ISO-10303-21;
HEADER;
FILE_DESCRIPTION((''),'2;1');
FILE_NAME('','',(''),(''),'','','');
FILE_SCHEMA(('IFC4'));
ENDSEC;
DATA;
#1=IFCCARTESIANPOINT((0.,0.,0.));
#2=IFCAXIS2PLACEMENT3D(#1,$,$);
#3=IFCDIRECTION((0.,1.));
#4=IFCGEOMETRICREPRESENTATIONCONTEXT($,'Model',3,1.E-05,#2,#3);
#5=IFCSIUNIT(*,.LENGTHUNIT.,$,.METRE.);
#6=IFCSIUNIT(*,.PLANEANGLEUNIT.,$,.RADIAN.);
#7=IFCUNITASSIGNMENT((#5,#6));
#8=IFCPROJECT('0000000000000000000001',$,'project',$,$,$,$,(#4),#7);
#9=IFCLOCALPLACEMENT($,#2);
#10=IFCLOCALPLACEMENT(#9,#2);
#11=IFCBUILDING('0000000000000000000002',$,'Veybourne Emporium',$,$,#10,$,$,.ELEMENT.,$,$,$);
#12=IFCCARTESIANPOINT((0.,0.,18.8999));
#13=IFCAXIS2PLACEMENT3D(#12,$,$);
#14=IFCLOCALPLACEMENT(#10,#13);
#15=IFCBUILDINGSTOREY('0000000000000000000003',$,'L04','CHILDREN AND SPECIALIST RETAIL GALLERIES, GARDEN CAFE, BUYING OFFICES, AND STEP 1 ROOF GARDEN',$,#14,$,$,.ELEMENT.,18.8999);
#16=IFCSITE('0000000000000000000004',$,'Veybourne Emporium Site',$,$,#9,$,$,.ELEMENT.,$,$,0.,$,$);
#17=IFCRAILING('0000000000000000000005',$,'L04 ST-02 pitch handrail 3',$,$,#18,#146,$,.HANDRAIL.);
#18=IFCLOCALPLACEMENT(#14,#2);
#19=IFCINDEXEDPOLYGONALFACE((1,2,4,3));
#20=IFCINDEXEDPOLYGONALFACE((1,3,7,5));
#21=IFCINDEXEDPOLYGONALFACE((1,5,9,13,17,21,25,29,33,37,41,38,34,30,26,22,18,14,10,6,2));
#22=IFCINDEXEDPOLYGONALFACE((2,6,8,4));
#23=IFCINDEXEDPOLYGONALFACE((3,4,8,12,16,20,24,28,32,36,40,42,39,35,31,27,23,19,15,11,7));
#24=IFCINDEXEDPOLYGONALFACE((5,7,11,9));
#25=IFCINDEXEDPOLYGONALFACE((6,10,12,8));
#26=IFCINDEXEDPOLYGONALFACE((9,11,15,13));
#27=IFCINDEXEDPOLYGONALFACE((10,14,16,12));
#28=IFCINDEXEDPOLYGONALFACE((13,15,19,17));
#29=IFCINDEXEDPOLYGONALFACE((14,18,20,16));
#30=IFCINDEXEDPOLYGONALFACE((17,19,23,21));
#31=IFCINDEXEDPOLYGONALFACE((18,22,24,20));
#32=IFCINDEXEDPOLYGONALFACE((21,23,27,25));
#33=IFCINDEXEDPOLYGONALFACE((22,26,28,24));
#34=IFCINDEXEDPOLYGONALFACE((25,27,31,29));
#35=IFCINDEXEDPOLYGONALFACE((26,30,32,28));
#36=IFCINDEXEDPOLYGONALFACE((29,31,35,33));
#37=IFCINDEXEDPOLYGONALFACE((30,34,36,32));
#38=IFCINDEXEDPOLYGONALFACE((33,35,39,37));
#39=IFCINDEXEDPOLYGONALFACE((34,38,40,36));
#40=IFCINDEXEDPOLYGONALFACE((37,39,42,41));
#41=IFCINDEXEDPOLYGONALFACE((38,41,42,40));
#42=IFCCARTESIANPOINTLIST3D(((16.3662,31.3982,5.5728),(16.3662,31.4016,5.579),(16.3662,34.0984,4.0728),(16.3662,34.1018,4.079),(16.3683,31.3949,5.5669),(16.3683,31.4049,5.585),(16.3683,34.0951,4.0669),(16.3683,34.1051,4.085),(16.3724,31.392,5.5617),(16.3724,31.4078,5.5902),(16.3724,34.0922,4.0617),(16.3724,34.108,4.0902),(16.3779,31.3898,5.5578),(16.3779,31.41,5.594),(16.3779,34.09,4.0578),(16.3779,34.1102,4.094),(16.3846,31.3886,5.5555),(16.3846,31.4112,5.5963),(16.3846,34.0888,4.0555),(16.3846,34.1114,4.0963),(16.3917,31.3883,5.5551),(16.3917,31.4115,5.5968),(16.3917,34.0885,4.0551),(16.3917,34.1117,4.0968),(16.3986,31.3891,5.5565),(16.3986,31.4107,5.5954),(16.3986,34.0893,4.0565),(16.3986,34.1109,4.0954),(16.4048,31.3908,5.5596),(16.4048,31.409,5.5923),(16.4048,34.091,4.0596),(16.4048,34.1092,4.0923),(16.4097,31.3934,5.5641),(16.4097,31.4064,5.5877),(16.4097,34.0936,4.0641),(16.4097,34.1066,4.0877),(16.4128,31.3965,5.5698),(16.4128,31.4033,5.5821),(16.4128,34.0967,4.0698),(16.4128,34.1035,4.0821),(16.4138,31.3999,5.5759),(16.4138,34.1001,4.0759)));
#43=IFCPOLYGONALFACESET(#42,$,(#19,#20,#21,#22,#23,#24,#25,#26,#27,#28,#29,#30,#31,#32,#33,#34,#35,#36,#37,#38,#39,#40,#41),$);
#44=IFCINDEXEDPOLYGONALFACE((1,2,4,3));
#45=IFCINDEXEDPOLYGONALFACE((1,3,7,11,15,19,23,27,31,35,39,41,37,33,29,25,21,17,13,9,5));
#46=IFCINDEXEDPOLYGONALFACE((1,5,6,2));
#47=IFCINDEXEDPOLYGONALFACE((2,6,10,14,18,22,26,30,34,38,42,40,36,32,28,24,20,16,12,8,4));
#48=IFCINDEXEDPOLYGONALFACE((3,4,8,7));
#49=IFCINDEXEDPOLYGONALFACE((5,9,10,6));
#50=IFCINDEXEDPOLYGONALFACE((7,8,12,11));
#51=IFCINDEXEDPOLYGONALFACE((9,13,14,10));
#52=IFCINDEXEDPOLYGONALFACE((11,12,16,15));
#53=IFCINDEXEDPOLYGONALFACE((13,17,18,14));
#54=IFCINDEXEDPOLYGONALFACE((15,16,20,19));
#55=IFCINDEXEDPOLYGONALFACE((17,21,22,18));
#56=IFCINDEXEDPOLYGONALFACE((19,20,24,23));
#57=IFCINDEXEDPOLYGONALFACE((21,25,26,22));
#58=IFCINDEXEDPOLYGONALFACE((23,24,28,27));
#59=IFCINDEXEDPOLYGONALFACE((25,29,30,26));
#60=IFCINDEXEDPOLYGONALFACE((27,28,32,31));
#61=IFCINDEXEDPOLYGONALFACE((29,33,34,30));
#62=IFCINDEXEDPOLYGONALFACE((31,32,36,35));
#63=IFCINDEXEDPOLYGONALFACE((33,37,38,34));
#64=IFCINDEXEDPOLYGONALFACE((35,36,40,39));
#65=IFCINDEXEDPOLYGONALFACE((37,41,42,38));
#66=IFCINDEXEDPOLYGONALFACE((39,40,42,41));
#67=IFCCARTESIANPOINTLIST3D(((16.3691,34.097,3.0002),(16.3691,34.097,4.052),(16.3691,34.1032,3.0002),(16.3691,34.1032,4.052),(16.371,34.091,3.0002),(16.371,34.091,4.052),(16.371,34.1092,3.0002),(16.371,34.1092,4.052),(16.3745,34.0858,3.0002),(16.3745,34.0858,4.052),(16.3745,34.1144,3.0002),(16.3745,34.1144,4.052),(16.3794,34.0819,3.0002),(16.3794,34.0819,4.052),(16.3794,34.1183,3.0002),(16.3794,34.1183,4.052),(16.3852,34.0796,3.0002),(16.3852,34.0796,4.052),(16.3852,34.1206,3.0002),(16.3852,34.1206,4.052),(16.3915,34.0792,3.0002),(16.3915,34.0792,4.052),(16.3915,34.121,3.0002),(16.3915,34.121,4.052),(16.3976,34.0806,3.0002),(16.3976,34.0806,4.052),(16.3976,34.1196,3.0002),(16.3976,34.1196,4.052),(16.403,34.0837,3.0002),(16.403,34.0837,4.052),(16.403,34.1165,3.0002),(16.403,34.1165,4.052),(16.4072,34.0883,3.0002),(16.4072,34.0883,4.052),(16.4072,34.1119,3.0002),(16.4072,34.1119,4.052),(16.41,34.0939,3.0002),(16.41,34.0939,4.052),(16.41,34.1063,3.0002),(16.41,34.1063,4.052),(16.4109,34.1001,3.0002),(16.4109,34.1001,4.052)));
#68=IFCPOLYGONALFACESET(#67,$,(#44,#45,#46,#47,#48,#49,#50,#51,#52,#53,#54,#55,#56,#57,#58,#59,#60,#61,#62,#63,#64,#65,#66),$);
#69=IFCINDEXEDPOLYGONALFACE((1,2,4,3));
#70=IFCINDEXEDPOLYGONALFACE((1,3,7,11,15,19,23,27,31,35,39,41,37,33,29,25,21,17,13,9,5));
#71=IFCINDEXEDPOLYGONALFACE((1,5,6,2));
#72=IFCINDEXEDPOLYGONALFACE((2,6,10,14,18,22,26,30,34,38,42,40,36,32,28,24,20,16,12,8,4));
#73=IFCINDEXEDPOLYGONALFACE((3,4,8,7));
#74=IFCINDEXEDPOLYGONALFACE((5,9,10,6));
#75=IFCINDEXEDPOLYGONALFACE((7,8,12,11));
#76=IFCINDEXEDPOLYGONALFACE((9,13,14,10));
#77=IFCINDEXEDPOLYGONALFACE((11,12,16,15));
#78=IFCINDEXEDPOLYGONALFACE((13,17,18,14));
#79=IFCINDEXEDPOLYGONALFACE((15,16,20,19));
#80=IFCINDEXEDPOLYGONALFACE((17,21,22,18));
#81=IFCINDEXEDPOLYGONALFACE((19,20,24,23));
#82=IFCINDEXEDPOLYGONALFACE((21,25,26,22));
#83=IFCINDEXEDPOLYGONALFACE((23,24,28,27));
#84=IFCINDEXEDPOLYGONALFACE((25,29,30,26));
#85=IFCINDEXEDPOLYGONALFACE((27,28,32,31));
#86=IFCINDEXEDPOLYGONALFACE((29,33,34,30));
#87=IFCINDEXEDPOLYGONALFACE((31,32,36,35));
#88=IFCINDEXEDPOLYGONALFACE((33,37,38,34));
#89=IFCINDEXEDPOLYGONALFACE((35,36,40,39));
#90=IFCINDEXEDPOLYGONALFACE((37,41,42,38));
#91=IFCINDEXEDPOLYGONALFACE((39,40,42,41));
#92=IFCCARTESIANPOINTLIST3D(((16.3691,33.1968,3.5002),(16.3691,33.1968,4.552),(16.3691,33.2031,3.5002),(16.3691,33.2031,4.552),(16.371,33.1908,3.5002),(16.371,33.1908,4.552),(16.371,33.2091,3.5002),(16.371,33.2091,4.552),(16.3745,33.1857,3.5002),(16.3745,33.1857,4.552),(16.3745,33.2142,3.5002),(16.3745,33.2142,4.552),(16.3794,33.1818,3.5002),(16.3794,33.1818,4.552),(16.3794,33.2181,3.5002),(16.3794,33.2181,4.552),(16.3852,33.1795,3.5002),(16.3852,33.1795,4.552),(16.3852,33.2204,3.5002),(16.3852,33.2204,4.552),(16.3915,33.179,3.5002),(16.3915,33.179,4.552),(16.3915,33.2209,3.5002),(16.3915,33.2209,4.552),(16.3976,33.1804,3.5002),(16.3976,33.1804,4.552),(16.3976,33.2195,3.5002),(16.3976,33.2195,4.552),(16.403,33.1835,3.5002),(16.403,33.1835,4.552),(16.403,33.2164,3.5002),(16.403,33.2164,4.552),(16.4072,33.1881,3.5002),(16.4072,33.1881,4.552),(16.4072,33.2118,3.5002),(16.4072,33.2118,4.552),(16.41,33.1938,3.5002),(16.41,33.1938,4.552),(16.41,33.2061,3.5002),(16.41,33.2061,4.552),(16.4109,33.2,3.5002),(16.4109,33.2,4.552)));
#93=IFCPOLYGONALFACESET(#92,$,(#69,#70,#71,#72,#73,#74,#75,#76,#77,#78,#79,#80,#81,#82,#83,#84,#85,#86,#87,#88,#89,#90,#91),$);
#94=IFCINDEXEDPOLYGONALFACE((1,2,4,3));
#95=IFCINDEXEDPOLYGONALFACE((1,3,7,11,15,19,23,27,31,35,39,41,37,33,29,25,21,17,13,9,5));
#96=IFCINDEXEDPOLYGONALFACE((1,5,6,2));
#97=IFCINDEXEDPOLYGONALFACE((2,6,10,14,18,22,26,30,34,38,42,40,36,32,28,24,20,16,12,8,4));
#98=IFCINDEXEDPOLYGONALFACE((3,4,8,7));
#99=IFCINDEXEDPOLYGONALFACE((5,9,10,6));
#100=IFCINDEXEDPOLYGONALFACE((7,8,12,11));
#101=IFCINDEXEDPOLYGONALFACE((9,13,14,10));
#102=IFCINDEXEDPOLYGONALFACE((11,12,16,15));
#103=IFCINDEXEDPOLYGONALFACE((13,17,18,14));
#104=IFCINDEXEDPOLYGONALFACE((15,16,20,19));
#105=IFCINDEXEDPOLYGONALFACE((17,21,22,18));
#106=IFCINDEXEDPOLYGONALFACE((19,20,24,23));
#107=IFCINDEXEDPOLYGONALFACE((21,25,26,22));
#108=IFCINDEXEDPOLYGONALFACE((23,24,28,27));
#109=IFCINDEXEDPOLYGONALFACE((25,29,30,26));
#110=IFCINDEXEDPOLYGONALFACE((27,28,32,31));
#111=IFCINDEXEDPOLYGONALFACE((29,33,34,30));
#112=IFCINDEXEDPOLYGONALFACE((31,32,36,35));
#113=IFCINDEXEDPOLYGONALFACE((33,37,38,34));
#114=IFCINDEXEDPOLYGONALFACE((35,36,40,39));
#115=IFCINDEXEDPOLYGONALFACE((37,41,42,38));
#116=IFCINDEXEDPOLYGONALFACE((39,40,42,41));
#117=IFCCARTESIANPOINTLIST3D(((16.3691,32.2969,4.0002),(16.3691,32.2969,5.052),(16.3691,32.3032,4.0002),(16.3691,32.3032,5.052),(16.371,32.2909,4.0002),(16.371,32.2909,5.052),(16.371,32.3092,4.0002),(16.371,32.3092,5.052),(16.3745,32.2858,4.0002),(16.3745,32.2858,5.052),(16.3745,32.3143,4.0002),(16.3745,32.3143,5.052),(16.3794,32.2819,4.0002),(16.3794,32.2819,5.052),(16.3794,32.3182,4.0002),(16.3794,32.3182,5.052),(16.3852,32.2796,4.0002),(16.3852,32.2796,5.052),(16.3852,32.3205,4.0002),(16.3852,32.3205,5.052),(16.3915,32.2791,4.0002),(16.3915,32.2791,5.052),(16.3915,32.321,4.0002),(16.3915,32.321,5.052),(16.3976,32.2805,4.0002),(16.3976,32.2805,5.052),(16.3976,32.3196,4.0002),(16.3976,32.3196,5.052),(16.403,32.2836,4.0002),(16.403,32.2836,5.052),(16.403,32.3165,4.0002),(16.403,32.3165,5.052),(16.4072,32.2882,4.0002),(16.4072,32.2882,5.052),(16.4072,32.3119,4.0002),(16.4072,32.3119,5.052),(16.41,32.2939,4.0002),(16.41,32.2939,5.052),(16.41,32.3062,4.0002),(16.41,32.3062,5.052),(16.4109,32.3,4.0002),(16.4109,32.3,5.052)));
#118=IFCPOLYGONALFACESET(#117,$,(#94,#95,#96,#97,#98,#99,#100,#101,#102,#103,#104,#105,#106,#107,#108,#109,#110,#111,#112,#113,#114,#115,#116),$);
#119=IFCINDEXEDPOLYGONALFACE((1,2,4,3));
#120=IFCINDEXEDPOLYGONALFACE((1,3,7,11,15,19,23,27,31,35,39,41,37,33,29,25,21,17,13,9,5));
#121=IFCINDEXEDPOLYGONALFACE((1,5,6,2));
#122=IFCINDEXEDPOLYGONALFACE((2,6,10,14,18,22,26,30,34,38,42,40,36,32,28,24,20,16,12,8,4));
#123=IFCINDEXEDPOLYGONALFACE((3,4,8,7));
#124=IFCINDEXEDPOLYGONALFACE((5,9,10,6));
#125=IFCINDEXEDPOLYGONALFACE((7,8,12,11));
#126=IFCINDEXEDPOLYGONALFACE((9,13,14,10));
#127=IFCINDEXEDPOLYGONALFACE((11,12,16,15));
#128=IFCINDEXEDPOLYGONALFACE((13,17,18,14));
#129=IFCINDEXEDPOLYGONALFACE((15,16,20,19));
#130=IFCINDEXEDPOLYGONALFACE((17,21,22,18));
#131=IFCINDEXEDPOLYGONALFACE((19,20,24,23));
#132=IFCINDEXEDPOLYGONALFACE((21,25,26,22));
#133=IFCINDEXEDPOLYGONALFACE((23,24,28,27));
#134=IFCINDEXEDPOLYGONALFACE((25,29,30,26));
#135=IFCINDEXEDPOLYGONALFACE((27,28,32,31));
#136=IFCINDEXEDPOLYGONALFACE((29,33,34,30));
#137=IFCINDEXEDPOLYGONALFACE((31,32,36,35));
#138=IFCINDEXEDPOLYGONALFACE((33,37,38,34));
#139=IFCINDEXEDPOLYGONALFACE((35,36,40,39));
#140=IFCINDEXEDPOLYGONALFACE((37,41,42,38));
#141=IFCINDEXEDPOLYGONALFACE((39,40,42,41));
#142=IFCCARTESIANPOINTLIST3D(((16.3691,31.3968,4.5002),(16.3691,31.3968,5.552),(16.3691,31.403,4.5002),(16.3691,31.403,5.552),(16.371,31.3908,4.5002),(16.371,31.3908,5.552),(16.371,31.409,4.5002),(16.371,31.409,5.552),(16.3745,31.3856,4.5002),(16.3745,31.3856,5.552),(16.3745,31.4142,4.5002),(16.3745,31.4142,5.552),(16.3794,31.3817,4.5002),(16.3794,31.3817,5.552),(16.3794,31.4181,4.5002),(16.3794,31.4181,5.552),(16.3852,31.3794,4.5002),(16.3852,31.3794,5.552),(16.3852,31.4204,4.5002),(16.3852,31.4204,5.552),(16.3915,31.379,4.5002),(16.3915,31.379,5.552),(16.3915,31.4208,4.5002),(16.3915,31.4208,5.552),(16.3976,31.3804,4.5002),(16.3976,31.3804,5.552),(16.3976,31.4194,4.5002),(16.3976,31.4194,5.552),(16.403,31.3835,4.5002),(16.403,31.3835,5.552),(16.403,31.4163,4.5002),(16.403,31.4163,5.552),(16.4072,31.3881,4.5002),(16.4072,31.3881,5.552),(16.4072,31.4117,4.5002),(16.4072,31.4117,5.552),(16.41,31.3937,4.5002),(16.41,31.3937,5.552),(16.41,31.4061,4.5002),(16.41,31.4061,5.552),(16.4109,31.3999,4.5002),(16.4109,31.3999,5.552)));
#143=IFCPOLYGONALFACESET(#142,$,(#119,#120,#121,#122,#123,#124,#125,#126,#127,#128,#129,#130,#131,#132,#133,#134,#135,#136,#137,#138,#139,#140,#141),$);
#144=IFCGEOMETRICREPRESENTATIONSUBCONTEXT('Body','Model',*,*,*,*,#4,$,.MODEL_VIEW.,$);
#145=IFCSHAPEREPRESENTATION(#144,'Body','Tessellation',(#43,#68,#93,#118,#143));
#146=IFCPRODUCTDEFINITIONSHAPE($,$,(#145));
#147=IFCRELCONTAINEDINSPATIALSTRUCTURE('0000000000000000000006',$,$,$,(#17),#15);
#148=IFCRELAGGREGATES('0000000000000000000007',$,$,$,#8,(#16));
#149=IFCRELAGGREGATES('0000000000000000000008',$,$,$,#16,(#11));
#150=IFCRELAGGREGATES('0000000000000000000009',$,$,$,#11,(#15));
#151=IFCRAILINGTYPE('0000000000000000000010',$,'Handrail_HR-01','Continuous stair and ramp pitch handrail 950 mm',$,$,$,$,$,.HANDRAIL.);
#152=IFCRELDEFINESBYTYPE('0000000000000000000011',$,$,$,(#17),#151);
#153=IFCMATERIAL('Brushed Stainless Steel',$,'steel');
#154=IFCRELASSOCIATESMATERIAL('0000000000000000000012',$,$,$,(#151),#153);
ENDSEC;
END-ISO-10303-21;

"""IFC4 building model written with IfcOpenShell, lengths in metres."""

from ifc_helpers import new_model, si_unit, direction, frame, origin, origin_2d, place, context, subcontext, project, spatial, circle, extrude, material, type_object, element, save


model = new_model("IFC4")

# Units and contexts
model_context = context("Model", 3, precision=1e-05, world=origin(), true_north=direction((0.0, 1.0)))
body_context = subcontext(model_context, "Body", "Model", "MODEL_VIEW")
ifc_project = project(units=[si_unit("LENGTHUNIT", "METRE"), si_unit("PLANEANGLEUNIT", "RADIAN")], contexts=[model_context])

# Site, building, storey
site_placement = place(None, origin())
site = spatial("IfcSite", under=ifc_project, at=site_placement, Name="Veybourne Emporium Site", CompositionType="ELEMENT", RefElevation=0.0)
building_placement = place(site_placement, origin())
building = spatial("IfcBuilding", under=site, at=building_placement, Name="Veybourne Emporium", CompositionType="ELEMENT")
storey_placement = place(building_placement, frame((0.0, 0.0, 18.8999)))
storey = spatial("IfcBuildingStorey", under=building, at=storey_placement, Name="L04", Description="CHILDREN AND SPECIALIST RETAIL GALLERIES, GARDEN CAFE, BUYING OFFICES, AND STEP 1 ROOF GARDEN", CompositionType="ELEMENT", Elevation=18.8999)

# Railing
ifc_material_1 = material(Name="Brushed Stainless Steel", Category="steel")
railing_type_1 = type_object("IfcRailingType", Name="Handrail_HR-01", Description="Continuous stair and ramp pitch handrail 950 mm", PredefinedType="HANDRAIL", material=ifc_material_1)
railing_1_placement = place(storey_placement, frame((16.3899, 34.1001, 3.1501)))
element("IfcRailing", 1, at=railing_1_placement, inside=storey, type_object=railing_type_1, Name="L04 ST-02 pitch handrail 3", PredefinedType="HANDRAIL", context=body_context, shape_type="SweptSolid", body=[
    extrude(circle(Radius=0.0239, at=origin_2d()), frame((0.0, 0.0, 0.9258), z_axis=(0.0, -0.874172, 0.485616), x_axis=(1.0, 0.0, 0.0)), (0.0, 0.0, 1.0), 3.0889),
    extrude(circle(Radius=0.021, at=origin_2d()), frame((0.0, 0.0, -0.1499)), (0.0, 0.0, 1.0), 1.0518),
    extrude(circle(Radius=0.021, at=origin_2d()), frame((0.0, -0.9001, 0.3501)), (0.0, 0.0, 1.0), 1.0518),
    extrude(circle(Radius=0.021, at=origin_2d()), frame((0.0, -1.8, 0.8501)), (0.0, 0.0, 1.0), 1.0518),
    extrude(circle(Radius=0.021, at=origin_2d()), frame((0.0, -2.7002, 1.3501)), (0.0, 0.0, 1.0), 1.0518),
])

save(model, "model.ifc")
